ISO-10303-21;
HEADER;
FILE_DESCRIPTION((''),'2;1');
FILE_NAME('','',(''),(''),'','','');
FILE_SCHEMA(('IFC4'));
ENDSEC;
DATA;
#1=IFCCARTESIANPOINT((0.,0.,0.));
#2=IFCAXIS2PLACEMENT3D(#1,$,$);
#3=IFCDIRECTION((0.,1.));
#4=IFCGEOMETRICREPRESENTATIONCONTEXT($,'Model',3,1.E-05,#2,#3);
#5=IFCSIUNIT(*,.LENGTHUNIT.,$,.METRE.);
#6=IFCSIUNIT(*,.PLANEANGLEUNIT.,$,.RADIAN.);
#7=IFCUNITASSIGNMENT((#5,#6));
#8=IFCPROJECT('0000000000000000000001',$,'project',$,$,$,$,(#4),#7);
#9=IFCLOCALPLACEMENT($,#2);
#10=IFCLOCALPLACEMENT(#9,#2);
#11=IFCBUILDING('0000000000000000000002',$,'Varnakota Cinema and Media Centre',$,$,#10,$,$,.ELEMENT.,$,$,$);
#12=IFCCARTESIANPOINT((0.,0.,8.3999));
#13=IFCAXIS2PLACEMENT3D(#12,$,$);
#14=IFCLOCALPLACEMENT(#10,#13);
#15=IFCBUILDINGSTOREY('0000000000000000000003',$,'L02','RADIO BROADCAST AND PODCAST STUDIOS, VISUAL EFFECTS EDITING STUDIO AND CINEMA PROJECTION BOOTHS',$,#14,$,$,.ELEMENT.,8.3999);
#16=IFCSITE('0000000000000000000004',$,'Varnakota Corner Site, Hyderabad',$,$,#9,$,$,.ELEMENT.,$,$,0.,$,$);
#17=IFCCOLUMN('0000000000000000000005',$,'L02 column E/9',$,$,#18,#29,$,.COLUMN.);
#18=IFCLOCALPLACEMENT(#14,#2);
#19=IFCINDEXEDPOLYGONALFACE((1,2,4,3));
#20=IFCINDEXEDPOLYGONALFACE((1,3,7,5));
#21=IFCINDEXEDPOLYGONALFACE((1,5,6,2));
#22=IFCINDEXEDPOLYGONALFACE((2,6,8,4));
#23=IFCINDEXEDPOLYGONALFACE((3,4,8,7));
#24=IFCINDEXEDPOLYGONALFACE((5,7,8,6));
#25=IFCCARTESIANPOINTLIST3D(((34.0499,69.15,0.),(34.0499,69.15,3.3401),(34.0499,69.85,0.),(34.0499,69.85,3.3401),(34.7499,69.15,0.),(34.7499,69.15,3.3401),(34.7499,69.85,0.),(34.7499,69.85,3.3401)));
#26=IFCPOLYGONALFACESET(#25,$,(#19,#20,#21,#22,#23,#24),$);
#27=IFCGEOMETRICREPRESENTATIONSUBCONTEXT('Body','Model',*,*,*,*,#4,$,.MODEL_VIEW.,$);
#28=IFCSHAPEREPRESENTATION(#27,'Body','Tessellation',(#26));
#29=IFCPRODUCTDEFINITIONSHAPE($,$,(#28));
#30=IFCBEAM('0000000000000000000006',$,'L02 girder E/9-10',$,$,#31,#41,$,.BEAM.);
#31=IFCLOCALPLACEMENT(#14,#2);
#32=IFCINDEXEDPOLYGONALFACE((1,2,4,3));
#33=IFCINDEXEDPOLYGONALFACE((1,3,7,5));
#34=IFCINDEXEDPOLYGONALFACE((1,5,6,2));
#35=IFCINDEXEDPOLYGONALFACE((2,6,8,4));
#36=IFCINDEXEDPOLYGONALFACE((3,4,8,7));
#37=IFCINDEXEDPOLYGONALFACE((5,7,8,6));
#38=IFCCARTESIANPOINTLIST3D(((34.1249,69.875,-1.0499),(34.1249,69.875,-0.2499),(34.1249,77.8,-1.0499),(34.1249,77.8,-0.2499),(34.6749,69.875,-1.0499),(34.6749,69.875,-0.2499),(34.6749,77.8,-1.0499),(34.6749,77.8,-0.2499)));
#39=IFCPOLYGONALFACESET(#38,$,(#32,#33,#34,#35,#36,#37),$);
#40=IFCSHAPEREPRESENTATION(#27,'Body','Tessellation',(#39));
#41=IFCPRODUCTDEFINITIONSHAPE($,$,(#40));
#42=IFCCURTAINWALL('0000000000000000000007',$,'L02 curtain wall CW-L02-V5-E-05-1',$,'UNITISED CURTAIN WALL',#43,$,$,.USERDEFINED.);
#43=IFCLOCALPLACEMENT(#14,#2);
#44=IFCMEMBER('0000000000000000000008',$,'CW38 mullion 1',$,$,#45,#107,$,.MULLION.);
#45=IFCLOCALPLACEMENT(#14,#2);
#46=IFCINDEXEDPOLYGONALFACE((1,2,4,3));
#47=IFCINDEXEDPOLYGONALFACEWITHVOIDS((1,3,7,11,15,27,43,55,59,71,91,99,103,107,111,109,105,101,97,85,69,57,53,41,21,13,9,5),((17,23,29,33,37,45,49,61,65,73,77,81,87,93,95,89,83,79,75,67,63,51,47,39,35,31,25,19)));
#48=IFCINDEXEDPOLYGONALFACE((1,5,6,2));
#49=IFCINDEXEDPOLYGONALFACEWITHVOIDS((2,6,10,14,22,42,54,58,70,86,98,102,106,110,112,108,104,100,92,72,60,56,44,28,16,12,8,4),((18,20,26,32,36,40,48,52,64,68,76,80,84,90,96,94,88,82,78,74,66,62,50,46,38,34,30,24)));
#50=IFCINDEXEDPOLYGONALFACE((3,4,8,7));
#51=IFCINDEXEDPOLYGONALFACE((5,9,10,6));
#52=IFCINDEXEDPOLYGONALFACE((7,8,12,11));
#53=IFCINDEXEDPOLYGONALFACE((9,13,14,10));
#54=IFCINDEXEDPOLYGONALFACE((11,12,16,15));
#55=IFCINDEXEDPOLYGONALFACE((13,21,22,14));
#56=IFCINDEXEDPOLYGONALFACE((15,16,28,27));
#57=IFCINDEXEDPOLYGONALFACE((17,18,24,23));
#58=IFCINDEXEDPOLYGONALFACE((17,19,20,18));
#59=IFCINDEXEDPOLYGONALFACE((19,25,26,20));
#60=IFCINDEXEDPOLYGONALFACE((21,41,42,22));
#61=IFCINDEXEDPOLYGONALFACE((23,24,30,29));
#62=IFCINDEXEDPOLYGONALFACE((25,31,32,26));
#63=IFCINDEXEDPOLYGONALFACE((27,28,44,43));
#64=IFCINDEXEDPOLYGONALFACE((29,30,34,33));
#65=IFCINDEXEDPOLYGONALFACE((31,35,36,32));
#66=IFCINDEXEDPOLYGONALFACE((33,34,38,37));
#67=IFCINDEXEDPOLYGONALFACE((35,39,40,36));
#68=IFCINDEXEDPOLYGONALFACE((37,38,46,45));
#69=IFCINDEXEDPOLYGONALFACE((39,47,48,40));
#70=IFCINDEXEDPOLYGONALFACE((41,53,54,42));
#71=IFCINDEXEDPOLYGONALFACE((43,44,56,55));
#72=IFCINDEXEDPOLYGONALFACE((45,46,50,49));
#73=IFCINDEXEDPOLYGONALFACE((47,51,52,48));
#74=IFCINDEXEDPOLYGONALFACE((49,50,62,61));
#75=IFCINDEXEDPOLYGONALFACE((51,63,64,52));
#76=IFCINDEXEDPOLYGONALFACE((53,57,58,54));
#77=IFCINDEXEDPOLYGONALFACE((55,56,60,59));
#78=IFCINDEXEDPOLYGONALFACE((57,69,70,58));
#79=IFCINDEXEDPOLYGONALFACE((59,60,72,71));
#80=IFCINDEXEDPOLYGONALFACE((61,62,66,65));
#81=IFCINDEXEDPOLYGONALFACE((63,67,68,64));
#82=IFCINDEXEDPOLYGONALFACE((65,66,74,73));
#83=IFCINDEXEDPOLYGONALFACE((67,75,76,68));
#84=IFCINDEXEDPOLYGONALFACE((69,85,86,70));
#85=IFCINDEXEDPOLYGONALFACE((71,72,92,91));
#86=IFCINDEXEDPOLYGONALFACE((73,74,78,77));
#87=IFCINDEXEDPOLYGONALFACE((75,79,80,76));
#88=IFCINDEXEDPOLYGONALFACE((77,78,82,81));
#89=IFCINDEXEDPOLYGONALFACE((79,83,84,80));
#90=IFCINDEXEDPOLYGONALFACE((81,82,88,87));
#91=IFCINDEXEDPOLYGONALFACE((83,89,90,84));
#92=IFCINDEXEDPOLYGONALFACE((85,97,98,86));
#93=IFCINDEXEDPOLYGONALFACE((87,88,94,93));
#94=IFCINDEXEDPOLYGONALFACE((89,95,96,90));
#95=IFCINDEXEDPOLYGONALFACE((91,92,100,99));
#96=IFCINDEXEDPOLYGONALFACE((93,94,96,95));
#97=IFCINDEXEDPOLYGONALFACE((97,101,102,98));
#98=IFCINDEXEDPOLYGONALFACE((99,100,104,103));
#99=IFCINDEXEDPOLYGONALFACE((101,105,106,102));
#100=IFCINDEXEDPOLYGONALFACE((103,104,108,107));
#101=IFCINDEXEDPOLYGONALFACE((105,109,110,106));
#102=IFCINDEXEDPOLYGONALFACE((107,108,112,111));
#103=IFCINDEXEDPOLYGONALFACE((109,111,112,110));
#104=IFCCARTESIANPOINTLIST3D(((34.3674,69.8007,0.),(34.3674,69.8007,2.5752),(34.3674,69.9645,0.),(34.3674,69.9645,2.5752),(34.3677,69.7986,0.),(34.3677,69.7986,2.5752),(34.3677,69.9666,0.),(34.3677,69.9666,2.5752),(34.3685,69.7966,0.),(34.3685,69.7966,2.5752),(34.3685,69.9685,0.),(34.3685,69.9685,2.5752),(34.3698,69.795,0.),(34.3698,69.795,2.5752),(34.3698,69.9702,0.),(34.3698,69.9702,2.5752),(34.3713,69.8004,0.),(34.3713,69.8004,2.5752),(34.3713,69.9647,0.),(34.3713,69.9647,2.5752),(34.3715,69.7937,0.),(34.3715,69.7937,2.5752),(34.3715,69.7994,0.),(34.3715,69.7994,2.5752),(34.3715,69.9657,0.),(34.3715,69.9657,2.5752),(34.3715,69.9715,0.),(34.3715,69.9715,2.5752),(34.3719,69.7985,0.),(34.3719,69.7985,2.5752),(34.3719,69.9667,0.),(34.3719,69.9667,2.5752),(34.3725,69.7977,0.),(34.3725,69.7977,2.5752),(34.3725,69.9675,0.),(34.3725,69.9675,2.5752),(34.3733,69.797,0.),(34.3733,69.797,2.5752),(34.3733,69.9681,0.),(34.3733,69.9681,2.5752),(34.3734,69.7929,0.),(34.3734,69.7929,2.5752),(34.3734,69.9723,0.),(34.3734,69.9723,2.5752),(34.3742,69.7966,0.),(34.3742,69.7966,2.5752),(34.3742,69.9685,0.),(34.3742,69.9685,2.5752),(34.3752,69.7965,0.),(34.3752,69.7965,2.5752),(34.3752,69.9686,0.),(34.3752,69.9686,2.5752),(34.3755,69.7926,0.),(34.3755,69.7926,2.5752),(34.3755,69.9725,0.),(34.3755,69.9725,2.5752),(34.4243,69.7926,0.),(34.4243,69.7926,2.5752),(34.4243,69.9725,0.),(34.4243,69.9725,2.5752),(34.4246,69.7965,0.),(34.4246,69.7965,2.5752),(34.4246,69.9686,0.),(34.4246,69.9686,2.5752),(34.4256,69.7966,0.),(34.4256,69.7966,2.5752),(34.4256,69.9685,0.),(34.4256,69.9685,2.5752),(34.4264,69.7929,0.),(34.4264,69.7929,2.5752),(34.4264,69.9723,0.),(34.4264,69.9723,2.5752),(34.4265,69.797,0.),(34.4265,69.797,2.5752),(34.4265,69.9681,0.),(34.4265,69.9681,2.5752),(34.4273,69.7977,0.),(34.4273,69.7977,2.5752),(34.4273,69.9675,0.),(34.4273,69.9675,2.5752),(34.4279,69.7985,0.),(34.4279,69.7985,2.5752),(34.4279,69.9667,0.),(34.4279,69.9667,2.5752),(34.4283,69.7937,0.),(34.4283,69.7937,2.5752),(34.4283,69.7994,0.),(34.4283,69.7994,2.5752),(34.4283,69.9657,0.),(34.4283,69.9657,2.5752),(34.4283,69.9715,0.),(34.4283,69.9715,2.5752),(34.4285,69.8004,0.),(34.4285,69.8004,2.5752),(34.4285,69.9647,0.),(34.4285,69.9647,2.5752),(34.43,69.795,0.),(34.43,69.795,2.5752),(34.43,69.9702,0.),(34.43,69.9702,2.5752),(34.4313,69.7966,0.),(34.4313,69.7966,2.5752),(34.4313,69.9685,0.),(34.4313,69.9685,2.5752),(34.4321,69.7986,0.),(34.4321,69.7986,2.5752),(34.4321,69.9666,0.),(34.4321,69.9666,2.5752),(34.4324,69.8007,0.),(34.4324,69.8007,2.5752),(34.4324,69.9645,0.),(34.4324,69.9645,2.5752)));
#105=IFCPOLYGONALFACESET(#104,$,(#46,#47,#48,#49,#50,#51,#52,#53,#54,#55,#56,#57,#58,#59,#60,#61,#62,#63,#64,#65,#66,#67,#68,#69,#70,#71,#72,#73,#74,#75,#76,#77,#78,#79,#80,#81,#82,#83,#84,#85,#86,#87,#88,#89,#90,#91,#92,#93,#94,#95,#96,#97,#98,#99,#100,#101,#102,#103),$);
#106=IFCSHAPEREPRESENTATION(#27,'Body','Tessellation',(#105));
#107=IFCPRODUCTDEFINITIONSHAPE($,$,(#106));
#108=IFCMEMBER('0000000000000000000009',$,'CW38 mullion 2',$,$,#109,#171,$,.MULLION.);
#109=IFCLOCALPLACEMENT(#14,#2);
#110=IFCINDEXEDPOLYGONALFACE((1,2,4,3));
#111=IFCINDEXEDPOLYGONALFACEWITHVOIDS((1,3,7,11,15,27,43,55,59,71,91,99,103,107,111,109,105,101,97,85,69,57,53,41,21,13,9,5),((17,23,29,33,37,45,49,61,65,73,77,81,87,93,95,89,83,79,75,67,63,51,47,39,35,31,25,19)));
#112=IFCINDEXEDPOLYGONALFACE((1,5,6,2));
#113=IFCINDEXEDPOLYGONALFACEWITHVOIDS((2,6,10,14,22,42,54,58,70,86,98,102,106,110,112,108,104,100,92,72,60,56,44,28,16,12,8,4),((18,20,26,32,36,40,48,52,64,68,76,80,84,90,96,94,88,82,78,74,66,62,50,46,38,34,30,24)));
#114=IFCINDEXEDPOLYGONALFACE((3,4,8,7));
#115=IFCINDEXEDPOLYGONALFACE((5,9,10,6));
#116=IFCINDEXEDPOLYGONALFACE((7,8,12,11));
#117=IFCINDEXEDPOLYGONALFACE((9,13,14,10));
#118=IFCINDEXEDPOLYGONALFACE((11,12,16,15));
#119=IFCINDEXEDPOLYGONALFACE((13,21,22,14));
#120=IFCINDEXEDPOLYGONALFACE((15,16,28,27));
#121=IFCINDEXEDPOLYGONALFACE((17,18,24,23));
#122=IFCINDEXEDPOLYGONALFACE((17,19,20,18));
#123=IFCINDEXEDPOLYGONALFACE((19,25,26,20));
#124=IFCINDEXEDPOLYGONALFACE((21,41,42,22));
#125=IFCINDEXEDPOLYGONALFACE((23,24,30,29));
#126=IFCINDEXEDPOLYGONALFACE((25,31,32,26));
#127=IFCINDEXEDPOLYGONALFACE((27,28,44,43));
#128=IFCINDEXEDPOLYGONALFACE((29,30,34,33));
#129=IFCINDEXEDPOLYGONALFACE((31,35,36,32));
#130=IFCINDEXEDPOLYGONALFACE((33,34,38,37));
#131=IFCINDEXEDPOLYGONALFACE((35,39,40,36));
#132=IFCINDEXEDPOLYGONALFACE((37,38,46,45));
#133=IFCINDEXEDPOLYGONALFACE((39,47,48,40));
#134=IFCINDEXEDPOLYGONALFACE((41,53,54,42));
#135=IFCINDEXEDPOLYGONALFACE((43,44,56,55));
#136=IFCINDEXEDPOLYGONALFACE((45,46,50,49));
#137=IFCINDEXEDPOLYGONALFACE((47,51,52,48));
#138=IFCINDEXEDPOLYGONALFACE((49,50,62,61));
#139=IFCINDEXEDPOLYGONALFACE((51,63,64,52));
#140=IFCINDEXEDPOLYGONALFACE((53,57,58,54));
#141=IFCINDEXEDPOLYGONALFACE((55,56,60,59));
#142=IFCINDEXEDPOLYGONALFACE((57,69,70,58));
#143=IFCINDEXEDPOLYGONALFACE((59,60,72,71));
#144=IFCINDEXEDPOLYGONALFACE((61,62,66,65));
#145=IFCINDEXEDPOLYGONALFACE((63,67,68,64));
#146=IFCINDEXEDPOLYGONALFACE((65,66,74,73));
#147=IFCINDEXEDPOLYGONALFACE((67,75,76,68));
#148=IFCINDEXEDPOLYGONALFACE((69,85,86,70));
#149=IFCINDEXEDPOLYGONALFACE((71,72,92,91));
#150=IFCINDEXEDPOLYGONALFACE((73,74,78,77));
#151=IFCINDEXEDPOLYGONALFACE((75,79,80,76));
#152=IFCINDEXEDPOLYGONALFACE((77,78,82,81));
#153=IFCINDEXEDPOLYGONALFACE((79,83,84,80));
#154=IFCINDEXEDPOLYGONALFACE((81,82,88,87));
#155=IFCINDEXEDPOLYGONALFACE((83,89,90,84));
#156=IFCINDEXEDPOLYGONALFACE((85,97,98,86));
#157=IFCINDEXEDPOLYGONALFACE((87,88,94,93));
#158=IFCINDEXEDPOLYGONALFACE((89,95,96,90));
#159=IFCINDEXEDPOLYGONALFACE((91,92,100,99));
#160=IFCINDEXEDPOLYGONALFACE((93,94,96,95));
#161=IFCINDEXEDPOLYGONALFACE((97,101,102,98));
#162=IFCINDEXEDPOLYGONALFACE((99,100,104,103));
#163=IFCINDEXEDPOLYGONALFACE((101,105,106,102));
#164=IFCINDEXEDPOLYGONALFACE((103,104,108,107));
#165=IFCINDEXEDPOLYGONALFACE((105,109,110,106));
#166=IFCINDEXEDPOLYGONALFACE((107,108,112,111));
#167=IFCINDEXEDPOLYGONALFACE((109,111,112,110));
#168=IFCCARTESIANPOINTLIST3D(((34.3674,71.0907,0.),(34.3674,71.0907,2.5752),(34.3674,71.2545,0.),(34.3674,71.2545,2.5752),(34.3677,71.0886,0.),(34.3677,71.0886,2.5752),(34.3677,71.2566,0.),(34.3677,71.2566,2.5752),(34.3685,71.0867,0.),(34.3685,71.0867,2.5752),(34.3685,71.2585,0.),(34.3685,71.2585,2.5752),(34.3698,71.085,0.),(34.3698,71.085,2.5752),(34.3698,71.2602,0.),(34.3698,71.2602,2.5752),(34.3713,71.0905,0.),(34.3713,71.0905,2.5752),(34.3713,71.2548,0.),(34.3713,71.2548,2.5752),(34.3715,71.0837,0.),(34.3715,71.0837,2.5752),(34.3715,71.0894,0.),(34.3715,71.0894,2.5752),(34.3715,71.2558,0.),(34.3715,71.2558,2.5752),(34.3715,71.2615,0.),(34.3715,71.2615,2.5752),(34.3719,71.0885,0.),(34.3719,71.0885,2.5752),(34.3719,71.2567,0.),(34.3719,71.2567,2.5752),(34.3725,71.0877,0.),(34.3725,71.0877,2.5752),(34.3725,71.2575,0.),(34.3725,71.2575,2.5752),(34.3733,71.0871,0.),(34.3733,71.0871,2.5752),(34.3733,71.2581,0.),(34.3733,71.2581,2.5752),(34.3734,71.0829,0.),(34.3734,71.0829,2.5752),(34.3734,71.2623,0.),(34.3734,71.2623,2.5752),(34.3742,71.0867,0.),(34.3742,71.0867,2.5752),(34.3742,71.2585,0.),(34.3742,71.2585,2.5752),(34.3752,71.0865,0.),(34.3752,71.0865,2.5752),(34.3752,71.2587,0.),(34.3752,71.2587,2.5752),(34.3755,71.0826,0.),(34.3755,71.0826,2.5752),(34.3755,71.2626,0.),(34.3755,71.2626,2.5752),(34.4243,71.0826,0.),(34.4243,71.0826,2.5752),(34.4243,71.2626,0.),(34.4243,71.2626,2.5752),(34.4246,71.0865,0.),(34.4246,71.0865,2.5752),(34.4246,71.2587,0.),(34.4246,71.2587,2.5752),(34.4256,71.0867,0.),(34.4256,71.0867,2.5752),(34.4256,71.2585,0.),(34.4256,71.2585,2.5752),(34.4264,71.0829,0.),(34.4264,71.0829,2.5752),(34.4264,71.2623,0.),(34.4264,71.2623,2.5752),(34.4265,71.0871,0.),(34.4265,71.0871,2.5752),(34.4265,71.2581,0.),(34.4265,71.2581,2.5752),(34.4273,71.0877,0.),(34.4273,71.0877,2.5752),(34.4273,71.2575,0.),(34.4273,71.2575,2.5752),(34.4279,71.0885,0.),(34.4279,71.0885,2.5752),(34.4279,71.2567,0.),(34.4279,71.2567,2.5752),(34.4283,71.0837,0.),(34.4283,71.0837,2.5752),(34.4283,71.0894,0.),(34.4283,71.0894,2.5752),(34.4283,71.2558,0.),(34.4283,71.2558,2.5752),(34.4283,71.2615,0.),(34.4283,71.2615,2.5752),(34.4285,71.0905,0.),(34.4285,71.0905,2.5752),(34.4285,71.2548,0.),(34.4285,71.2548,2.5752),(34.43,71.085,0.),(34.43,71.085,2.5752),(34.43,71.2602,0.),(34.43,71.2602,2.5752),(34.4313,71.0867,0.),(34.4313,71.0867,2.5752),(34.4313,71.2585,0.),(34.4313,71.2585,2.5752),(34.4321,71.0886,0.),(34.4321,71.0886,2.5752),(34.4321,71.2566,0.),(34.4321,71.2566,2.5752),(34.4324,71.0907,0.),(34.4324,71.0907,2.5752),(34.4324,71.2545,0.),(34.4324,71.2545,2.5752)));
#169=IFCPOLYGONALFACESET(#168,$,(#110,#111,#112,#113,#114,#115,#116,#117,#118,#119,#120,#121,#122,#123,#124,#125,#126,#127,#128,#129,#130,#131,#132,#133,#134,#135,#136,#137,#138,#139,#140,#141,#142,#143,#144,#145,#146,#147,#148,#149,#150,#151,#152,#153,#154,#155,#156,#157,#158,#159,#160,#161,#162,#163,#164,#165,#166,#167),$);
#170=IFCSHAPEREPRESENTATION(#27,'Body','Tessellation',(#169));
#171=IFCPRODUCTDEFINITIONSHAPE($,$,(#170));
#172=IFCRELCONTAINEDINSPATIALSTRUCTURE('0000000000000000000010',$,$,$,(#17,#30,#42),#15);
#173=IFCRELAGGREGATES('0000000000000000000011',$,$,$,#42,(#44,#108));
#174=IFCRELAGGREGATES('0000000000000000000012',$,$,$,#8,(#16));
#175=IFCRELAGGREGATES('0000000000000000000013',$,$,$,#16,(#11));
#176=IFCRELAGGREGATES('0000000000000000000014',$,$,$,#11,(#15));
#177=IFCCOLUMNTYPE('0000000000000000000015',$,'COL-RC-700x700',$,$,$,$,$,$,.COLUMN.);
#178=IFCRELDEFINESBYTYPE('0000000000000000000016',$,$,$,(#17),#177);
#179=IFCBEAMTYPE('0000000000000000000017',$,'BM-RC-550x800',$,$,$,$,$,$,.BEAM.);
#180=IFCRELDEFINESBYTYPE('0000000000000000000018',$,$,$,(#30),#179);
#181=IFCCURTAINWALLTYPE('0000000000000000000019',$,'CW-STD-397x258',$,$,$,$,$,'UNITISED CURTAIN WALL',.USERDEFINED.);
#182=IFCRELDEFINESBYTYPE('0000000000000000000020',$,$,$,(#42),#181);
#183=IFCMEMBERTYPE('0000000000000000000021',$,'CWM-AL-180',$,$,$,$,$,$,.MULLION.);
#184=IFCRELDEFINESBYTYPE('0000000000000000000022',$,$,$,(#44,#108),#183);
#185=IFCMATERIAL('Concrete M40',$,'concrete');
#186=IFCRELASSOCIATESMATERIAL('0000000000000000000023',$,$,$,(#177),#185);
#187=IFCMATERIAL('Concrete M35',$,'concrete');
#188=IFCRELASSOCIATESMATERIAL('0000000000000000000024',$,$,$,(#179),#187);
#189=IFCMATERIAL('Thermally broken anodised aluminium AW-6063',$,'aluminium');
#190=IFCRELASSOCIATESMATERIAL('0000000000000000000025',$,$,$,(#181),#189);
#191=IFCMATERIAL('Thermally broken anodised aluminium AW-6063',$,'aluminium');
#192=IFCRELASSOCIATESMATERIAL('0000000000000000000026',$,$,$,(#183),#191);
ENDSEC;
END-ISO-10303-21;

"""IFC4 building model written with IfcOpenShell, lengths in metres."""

from ifc_helpers import new_model, si_unit, direction, frame, origin, origin_2d, place, context, subcontext, project, spatial, rectangle, hollow_rectangle, extrude, material, material_profile, profile_set, type_object, element, aggregate, save


model = new_model("IFC4")

# Units and contexts
model_context = context("Model", 3, precision=1e-05, world=origin(), true_north=direction((0.0, 1.0)))
body_context = subcontext(model_context, "Body", "Model", "MODEL_VIEW")
ifc_project = project(units=[si_unit("LENGTHUNIT", "METRE"), si_unit("PLANEANGLEUNIT", "RADIAN")], contexts=[model_context])

# Site, building, storey
site_placement = place(None, origin())
site = spatial("IfcSite", under=ifc_project, at=site_placement, Name="Varnakota Corner Site, Hyderabad", CompositionType="ELEMENT", RefElevation=0.0)
building_placement = place(site_placement, origin())
building = spatial("IfcBuilding", under=site, at=building_placement, Name="Varnakota Cinema and Media Centre", CompositionType="ELEMENT")
storey_placement = place(building_placement, frame((0.0, 0.0, 8.3999)))
storey = spatial("IfcBuildingStorey", under=building, at=storey_placement, Name="L02", Description="RADIO BROADCAST AND PODCAST STUDIOS, VISUAL EFFECTS EDITING STUDIO AND CINEMA PROJECTION BOOTHS", CompositionType="ELEMENT", Elevation=8.3999)

# Column
ifc_material_1 = material(Name="Concrete M40", Category="concrete")
ifc_material_profile_1 = material_profile(ifc_material_1, rectangle(XDim=0.7, YDim=0.7, at=origin_2d()), Name="RC 700x700")
ifc_profile_set_1 = profile_set([ifc_material_profile_1], Name="Concrete M40")
column_type = type_object("IfcColumnType", Name="COL-RC-700x700", PredefinedType="COLUMN", material=ifc_profile_set_1)
column_placement = place(storey_placement, frame((34.3999, 69.5, 0.0), z_axis=(0.0, 0.0, 1.0), x_axis=(1.0, 0.0, 0.0)))
element("IfcColumn", 1, at=column_placement, inside=storey, type_object=column_type, Name="L02 column E/9", PredefinedType="COLUMN", context=body_context, shape_type="SweptSolid", body=[
    extrude(rectangle(XDim=0.7, YDim=0.7, at=origin_2d()), origin(), (0.0, 0.0, 1.0), 3.3401),
])

# Beam
ifc_material_2 = material(Name="Concrete M35", Category="concrete")
ifc_material_profile_2 = material_profile(ifc_material_2, rectangle(XDim=0.55, YDim=0.8, at=origin_2d()), Name="RCB 550x800")
ifc_profile_set_2 = profile_set([ifc_material_profile_2], Name="Concrete M35")
beam_type = type_object("IfcBeamType", Name="BM-RC-550x800", PredefinedType="BEAM", material=ifc_profile_set_2)
beam_placement = place(storey_placement, frame((34.3999, 69.875, -0.6499), z_axis=(0.0, 1.0, 0.0), x_axis=(-1.0, 0.0, 0.0)))
element("IfcBeam", 2, at=beam_placement, inside=storey, type_object=beam_type, Name="L02 girder E/9-10", PredefinedType="BEAM", context=body_context, shape_type="SweptSolid", body=[
    extrude(rectangle(XDim=0.55, YDim=0.8, at=origin_2d()), origin(), (0.0, 0.0, 1.0), 7.925),
])

# Curtain wall, members
ifc_material_3 = material(Name="Thermally broken anodised aluminium AW-6063", Category="aluminium")
curtain_wall_type = type_object("IfcCurtainWallType", Name="CW-STD-397x258", ElementType="UNITISED CURTAIN WALL", PredefinedType="USERDEFINED", material=ifc_material_3)
curtain_wall_placement = place(storey_placement, origin())
curtain_wall = element("IfcCurtainWall", 3, at=curtain_wall_placement, inside=storey, type_object=curtain_wall_type, Name="L02 curtain wall CW-L02-V5-E-05-1", ObjectType="UNITISED CURTAIN WALL", PredefinedType="USERDEFINED")
ifc_material_4 = material(Name="Thermally broken anodised aluminium AW-6063", Category="aluminium")
ifc_material_profile_3 = material_profile(ifc_material_4, hollow_rectangle(XDim=0.0649, YDim=0.1799, WallThickness=0.0039, InnerFilletRadius=0.0039, OuterFilletRadius=0.0081, at=origin_2d()), Name="AL-MULLION 180x65x4")
ifc_profile_set_3 = profile_set([ifc_material_profile_3], Name="Thermally broken anodised aluminium AW-6063")
member_type_1 = type_object("IfcMemberType", Name="CWM-AL-180", PredefinedType="MULLION", material=ifc_profile_set_3)
member_1_placement = place(storey_placement, frame((34.3999, 69.8826, 0.0), z_axis=(0.0, 0.0, 1.0), x_axis=(-1.0, 0.0, 0.0)))
member_1 = element("IfcMember", 4, at=member_1_placement, type_object=member_type_1, Name="CW38 mullion 1", PredefinedType="MULLION", context=body_context, shape_type="SweptSolid", body=[
    extrude(hollow_rectangle(XDim=0.0649, YDim=0.1799, WallThickness=0.0039, InnerFilletRadius=0.0039, OuterFilletRadius=0.0081, at=origin_2d()), origin(), (0.0, 0.0, 1.0), 2.5752),
])
member_2_placement = place(storey_placement, frame((34.3999, 71.1726, 0.0), z_axis=(0.0, 0.0, 1.0), x_axis=(-1.0, 0.0, 0.0)))
member_2 = element("IfcMember", 5, at=member_2_placement, type_object=member_type_1, Name="CW38 mullion 2", PredefinedType="MULLION", context=body_context, shape_type="SweptSolid", body=[
    extrude(hollow_rectangle(XDim=0.0649, YDim=0.1799, WallThickness=0.0039, InnerFilletRadius=0.0039, OuterFilletRadius=0.0081, at=origin_2d()), origin(), (0.0, 0.0, 1.0), 2.5752),
])
aggregate(curtain_wall, [member_1, member_2])

save(model, "model.ifc")
